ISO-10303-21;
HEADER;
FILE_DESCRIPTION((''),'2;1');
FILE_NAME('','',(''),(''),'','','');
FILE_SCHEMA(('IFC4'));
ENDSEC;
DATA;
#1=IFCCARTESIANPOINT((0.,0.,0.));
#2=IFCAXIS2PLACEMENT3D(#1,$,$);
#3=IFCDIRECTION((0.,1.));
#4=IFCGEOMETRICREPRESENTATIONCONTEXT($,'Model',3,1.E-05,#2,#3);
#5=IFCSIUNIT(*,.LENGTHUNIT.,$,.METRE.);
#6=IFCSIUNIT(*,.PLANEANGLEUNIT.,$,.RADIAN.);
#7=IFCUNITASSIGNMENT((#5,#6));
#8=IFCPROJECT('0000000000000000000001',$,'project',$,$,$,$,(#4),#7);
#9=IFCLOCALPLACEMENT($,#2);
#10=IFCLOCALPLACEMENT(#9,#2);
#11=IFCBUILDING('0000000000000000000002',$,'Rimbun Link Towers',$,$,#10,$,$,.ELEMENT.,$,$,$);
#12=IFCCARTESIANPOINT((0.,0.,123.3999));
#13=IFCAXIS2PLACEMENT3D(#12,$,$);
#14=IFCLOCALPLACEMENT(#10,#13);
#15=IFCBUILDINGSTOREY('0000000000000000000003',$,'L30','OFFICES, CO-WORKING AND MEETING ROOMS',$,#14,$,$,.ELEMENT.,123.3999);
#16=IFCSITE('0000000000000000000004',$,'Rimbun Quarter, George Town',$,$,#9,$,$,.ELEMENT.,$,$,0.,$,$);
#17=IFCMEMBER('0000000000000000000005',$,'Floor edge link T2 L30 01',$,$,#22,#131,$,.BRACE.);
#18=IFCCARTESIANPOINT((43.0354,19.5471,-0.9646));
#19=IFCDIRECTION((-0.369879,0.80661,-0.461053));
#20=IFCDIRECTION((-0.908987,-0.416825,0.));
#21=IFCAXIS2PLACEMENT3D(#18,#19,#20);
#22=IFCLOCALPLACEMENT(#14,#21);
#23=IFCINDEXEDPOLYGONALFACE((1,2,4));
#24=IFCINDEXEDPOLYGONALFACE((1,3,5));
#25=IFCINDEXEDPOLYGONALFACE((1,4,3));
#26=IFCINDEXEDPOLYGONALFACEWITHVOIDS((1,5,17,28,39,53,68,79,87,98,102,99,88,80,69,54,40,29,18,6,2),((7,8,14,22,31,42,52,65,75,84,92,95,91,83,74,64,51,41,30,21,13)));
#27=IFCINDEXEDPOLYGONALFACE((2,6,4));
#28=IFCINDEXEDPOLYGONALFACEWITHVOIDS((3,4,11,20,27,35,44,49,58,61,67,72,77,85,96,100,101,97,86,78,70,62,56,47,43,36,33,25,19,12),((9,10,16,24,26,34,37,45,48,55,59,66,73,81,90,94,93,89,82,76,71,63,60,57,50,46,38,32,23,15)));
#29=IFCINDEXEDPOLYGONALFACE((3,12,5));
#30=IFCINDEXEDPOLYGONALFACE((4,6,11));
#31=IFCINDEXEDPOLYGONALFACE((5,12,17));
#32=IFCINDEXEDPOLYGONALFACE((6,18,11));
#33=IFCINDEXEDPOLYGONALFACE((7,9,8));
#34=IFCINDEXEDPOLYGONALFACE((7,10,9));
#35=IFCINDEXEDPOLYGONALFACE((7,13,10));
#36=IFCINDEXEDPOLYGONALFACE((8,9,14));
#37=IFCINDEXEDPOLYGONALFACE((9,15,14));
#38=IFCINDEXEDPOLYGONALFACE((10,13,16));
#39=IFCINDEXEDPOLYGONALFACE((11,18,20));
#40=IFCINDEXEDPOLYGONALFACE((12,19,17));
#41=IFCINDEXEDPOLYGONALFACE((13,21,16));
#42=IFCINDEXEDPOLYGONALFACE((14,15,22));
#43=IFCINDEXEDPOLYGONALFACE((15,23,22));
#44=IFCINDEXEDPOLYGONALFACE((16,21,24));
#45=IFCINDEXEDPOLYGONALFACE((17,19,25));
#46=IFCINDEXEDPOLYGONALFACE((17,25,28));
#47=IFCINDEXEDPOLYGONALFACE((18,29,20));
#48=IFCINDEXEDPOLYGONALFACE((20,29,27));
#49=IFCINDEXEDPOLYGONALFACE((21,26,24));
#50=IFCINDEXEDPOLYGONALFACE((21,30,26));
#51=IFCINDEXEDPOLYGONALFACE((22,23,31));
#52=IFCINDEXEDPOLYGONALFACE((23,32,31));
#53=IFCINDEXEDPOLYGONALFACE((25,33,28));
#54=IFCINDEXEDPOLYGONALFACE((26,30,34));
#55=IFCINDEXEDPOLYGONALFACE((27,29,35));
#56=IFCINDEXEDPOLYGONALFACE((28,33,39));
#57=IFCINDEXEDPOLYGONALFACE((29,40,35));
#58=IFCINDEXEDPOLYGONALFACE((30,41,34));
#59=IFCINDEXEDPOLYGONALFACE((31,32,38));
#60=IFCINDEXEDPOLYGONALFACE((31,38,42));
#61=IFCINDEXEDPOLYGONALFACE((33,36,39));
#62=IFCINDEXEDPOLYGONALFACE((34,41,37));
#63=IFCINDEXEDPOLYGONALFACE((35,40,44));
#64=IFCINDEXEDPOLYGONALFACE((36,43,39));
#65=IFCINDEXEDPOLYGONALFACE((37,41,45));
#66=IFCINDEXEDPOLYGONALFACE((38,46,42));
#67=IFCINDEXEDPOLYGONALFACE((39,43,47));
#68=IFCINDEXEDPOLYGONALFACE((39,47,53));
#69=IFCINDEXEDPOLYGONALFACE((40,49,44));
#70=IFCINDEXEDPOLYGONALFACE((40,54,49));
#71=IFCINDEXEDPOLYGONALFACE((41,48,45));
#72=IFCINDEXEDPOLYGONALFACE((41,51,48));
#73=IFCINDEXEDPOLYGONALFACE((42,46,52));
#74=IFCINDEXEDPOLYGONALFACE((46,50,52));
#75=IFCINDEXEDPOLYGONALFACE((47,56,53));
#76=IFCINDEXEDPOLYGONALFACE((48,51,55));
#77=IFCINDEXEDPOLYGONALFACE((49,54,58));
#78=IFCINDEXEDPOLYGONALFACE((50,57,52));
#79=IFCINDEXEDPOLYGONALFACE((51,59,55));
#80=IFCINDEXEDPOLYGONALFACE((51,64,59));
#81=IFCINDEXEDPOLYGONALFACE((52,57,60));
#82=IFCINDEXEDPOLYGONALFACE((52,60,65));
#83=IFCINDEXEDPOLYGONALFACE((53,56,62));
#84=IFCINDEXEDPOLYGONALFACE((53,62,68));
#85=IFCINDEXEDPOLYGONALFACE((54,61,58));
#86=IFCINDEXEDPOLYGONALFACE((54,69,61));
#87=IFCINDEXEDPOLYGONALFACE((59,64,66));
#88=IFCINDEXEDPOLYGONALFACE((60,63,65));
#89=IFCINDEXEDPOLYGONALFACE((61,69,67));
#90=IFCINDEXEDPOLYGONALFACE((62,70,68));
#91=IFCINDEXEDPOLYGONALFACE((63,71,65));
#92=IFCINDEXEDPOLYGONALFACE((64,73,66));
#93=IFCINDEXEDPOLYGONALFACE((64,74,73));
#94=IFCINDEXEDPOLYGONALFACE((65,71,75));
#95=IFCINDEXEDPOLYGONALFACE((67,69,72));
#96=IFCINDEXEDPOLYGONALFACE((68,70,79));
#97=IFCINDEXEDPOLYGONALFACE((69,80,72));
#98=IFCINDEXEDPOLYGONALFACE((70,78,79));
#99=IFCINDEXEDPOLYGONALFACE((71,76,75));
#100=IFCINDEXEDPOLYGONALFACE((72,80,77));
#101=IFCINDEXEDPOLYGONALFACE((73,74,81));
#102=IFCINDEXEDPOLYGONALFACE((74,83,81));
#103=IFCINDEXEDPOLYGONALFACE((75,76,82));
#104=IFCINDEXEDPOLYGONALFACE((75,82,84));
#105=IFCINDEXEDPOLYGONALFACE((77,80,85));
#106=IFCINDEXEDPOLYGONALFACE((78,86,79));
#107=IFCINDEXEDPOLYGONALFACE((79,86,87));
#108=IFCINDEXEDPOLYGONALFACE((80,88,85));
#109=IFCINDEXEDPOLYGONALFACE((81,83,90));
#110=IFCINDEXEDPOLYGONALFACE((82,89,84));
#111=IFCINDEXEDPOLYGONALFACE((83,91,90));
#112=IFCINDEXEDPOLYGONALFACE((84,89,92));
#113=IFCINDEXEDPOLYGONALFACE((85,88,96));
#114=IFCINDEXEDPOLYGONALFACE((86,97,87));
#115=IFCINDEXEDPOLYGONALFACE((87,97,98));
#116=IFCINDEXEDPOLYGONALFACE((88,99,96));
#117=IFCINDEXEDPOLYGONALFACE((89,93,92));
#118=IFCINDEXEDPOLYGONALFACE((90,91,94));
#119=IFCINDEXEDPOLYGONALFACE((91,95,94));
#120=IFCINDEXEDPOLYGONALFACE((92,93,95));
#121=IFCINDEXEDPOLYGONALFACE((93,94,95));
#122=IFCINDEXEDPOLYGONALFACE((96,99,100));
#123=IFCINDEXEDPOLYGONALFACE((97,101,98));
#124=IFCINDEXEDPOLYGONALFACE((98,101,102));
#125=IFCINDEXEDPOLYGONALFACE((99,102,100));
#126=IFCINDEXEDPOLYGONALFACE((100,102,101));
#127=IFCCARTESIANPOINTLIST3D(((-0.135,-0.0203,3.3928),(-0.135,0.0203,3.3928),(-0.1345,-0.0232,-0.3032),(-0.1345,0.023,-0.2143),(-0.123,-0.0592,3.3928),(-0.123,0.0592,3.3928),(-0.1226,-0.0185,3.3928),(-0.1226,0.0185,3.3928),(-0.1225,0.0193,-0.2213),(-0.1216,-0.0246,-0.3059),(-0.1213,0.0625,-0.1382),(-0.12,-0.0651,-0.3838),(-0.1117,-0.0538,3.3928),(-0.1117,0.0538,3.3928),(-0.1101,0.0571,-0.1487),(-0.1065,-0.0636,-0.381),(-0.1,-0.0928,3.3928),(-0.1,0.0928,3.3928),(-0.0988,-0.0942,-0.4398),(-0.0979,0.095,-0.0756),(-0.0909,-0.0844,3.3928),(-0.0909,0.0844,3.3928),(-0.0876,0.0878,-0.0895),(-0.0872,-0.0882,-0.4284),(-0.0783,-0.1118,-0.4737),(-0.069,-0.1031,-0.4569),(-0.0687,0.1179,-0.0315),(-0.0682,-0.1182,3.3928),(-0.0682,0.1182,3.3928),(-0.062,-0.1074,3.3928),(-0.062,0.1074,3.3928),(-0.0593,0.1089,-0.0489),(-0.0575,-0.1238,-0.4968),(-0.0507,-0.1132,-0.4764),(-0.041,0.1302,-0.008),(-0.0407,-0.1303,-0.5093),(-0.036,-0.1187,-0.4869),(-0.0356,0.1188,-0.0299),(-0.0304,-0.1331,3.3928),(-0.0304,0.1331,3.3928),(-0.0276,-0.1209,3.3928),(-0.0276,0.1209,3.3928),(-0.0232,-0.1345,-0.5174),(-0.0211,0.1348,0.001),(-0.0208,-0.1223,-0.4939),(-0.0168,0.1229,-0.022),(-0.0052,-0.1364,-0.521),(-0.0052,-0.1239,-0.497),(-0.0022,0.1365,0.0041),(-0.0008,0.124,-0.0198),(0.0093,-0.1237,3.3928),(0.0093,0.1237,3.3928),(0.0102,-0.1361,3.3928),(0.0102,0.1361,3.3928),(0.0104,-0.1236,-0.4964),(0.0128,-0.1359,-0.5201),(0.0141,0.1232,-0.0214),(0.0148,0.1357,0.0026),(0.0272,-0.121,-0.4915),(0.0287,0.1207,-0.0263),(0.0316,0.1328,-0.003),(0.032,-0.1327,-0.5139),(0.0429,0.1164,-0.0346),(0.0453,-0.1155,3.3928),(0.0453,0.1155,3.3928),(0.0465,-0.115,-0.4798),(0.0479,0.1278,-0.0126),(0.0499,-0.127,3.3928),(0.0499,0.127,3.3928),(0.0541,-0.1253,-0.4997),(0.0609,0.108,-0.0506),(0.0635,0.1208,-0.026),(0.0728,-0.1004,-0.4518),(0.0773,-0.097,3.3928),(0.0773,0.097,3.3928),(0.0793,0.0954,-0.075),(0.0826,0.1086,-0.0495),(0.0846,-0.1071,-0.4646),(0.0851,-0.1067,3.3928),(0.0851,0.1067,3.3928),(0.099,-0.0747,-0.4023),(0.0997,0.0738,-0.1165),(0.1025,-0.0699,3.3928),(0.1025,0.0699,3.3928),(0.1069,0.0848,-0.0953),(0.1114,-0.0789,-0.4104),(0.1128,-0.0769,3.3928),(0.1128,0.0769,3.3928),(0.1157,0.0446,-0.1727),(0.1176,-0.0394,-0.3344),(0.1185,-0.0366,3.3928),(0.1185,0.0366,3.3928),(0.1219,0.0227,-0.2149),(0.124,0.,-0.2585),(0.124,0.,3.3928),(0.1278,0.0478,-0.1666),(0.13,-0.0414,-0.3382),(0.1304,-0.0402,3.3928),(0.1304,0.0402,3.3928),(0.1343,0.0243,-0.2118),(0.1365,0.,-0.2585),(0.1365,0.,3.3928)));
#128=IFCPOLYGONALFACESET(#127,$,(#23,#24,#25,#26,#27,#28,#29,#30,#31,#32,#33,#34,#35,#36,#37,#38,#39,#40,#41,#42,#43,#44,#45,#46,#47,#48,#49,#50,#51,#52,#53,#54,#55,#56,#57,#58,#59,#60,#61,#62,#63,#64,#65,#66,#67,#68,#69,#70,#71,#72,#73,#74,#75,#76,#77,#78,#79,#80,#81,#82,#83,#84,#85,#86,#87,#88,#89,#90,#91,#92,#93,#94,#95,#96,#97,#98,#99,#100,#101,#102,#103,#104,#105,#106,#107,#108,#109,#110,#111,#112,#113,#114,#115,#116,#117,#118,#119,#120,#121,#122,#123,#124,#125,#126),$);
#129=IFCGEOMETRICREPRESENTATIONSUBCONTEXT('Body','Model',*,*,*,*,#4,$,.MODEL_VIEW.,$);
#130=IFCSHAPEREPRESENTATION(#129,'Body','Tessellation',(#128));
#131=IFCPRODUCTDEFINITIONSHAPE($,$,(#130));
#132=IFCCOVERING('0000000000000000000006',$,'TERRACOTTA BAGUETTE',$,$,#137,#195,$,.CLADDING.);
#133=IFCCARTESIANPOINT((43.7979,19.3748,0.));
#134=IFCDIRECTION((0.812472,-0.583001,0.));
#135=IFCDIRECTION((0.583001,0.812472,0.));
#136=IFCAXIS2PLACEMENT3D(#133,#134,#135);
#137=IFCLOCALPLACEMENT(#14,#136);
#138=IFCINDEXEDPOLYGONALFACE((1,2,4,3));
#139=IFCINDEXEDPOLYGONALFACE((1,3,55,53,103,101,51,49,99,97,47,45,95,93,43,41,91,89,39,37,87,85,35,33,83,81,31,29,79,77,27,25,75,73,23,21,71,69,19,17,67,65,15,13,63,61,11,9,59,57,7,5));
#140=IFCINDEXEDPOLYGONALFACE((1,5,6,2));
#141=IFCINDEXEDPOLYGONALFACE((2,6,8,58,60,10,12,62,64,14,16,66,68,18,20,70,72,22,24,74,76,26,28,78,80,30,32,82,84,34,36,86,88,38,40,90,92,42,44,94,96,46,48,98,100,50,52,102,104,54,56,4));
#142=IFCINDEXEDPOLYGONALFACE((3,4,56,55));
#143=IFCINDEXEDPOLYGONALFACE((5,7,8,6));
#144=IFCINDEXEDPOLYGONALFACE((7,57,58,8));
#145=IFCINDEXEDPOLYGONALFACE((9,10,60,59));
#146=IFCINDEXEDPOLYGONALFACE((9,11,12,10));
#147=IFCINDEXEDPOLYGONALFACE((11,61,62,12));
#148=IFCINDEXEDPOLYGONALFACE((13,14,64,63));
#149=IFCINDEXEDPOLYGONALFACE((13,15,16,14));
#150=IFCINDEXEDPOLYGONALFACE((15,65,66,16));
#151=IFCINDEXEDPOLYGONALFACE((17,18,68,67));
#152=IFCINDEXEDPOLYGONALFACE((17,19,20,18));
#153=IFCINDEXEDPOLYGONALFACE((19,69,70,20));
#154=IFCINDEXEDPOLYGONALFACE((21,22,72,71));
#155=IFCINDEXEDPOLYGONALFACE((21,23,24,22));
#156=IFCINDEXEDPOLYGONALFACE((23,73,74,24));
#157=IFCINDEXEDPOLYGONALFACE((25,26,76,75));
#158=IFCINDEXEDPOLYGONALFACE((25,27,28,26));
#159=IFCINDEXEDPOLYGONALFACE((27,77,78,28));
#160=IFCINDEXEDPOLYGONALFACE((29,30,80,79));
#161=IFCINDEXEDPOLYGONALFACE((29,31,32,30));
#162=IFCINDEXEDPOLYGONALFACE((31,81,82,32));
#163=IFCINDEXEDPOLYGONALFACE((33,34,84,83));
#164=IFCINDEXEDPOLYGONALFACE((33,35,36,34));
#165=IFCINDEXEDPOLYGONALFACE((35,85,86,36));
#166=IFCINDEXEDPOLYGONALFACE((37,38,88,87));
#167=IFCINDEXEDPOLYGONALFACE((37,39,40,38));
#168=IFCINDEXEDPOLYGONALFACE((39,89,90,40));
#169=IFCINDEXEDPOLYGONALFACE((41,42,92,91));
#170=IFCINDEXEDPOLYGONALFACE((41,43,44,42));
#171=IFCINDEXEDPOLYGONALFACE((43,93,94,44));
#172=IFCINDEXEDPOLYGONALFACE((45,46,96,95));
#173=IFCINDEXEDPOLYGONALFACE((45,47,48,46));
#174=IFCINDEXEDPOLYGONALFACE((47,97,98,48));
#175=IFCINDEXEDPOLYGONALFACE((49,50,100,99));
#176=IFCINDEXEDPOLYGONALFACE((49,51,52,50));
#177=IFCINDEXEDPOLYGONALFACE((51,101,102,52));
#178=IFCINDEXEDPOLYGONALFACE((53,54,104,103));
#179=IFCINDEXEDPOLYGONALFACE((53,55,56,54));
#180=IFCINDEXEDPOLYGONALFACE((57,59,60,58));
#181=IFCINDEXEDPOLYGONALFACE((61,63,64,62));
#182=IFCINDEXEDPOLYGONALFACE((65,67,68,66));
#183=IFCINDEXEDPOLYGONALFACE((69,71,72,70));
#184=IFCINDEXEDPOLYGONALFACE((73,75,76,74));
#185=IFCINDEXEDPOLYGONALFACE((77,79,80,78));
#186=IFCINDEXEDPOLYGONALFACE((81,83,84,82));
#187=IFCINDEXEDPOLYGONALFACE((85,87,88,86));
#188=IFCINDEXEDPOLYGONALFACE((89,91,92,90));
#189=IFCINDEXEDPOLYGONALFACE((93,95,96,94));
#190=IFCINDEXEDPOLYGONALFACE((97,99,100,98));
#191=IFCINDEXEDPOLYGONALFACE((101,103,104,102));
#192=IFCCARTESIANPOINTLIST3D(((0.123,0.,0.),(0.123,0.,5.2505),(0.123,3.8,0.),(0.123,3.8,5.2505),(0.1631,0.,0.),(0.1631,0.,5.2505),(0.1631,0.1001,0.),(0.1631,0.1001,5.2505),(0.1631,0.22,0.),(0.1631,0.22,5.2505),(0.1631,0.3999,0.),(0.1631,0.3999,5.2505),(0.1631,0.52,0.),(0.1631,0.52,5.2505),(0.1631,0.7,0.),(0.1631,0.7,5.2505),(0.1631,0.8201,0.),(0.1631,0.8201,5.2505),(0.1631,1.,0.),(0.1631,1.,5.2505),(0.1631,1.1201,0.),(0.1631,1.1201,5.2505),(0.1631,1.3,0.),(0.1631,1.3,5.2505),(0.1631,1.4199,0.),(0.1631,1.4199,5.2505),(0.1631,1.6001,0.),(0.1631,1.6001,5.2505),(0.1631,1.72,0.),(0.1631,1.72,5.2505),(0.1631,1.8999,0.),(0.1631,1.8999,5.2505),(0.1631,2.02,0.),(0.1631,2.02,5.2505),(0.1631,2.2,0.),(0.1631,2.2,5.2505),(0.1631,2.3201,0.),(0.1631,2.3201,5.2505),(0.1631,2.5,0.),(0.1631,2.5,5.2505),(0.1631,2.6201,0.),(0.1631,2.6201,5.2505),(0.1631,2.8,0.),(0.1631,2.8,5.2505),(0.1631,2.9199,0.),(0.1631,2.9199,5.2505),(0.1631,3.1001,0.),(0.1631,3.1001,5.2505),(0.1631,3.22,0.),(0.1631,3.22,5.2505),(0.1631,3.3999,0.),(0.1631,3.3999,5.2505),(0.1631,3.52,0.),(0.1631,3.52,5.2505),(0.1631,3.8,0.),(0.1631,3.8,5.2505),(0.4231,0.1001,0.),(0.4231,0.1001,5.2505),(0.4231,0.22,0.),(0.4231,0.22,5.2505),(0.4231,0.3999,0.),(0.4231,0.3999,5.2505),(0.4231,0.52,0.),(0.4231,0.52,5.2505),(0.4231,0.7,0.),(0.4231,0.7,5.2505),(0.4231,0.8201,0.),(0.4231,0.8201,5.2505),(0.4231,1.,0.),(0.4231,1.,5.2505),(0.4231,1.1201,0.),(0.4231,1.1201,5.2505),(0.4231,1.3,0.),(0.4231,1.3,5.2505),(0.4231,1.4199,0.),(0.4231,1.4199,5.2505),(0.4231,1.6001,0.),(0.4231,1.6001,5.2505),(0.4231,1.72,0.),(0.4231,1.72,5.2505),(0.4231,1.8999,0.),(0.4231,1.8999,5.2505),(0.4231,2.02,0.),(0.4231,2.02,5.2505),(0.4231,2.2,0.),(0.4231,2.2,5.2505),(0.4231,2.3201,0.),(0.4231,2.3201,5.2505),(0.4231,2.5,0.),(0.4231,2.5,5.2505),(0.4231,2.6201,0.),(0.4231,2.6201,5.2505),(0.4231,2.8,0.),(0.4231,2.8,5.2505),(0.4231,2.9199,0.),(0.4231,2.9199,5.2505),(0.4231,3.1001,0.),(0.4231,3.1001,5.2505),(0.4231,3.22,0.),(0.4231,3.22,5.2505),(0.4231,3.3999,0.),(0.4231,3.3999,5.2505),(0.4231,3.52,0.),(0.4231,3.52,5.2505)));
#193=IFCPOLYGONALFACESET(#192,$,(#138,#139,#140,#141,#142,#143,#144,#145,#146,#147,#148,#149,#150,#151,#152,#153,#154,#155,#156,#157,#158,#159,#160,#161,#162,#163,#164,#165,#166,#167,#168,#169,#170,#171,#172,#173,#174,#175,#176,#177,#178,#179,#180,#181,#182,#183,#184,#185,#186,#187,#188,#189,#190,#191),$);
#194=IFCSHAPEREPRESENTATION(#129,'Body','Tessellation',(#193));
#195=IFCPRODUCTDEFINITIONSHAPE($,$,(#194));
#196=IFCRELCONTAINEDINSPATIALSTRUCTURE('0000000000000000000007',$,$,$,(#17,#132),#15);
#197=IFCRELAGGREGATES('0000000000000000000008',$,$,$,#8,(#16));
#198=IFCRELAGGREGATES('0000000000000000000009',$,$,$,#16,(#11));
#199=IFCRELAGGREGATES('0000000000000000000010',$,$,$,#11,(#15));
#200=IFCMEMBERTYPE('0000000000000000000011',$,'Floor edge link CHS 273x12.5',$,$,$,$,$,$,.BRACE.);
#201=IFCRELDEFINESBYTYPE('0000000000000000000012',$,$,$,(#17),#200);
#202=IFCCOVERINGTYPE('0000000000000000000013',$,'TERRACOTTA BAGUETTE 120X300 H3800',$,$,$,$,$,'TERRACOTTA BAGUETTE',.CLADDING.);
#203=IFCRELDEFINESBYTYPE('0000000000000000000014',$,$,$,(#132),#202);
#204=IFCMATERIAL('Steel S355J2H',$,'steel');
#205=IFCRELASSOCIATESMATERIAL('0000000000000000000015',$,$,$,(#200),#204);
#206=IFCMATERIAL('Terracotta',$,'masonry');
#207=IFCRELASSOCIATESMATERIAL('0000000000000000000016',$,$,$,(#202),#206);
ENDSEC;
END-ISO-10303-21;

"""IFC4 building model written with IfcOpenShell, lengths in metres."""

from ifc_helpers import new_model, si_unit, direction, frame, origin, origin_2d, place, context, subcontext, project, spatial, polyline, hollow_circle, outline, extrude, clip, halfspace, material, material_profile, profile_set, type_object, element, save


model = new_model("IFC4")

# Units and contexts
model_context = context("Model", 3, precision=1e-05, world=origin(), true_north=direction((0.0, 1.0)))
body_context = subcontext(model_context, "Body", "Model", "MODEL_VIEW")
ifc_project = project(units=[si_unit("LENGTHUNIT", "METRE"), si_unit("PLANEANGLEUNIT", "RADIAN")], contexts=[model_context])

# Site, building, storey
site_placement = place(None, origin())
site = spatial("IfcSite", under=ifc_project, at=site_placement, Name="Rimbun Quarter, George Town", CompositionType="ELEMENT", RefElevation=0.0)
building_placement = place(site_placement, origin())
building = spatial("IfcBuilding", under=site, at=building_placement, Name="Rimbun Link Towers", CompositionType="ELEMENT")
storey_placement = place(building_placement, frame((0.0, 0.0, 123.3999)))
storey = spatial("IfcBuildingStorey", under=building, at=storey_placement, Name="L30", Description="OFFICES, CO-WORKING AND MEETING ROOMS", CompositionType="ELEMENT", Elevation=123.3999)

# Member
ifc_material_1 = material(Name="Steel S355J2H", Category="steel")
ifc_material_profile_1 = material_profile(ifc_material_1, hollow_circle(Radius=0.1365, WallThickness=0.0125, at=origin_2d()), Name="CHS 273x12.5")
ifc_profile_set_1 = profile_set([ifc_material_profile_1], Name="Steel S355J2H")
member_type_1 = type_object("IfcMemberType", Name="Floor edge link CHS 273x12.5", PredefinedType="BRACE", material=ifc_profile_set_1)
member_1_placement = place(storey_placement, frame((43.0354, 19.5471, -0.9646), z_axis=(-0.369879, 0.80661, -0.461053), x_axis=(-0.908987, -0.416825, 0.0)))
element("IfcMember", 1, at=member_1_placement, inside=storey, type_object=member_type_1, Name="Floor edge link T2 L30 01", PredefinedType="BRACE", context=body_context, shape_type="Clipping", body=[
    clip(extrude(hollow_circle(Radius=0.1365, WallThickness=0.0125, at=origin_2d()), frame((0.0, 0.0, -0.5471)), (0.0, 0.0, 1.0), 3.9399), halfspace(frame((0.0, 0.0, -0.2585), z_axis=(0.0, 0.887372, -0.461053)), False)),
])

# Covering
ifc_material_2 = material(Name="Terracotta", Category="masonry")
ifc_material_profile_2 = material_profile(ifc_material_2, outline(polyline([(0.123, 0.0), (0.1631, 0.0), (0.1631, 0.1001), (0.4231, 0.1001), (0.4231, 0.22), (0.1631, 0.22), (0.1631, 0.3999), (0.4231, 0.3999), (0.4231, 0.52), (0.1631, 0.52), (0.1631, 0.7), (0.4231, 0.7), (0.4231, 0.8201), (0.1631, 0.8201), (0.1631, 1.0), (0.4231, 1.0), (0.4231, 1.1201), (0.1631, 1.1201), (0.1631, 1.3), (0.4231, 1.3), (0.4231, 1.4199), (0.1631, 1.4199), (0.1631, 1.6001), (0.4231, 1.6001), (0.4231, 1.72), (0.1631, 1.72), (0.1631, 1.8999), (0.4231, 1.8999), (0.4231, 2.02), (0.1631, 2.02), (0.1631, 2.2), (0.4231, 2.2), (0.4231, 2.3201), (0.1631, 2.3201), (0.1631, 2.5), (0.4231, 2.5), (0.4231, 2.6201), (0.1631, 2.6201), (0.1631, 2.8), (0.4231, 2.8), (0.4231, 2.9199), (0.1631, 2.9199), (0.1631, 3.1001), (0.4231, 3.1001), (0.4231, 3.22), (0.1631, 3.22), (0.1631, 3.3999), (0.4231, 3.3999), (0.4231, 3.52), (0.1631, 3.52), (0.1631, 3.8), (0.123, 3.8), (0.123, 0.0)])), Name="BAGUETTE 120X300")
ifc_profile_set_2 = profile_set([ifc_material_profile_2], Name="Terracotta")
covering_type = type_object("IfcCoveringType", Name="TERRACOTTA BAGUETTE 120X300 H3800", ElementType="TERRACOTTA BAGUETTE", PredefinedType="CLADDING", material=ifc_profile_set_2)
covering_1_placement = place(storey_placement, frame((43.7979, 19.3748, 0.0), z_axis=(0.812472, -0.583001, 0.0), x_axis=(0.583001, 0.812472, 0.0)))
element("IfcCovering", 2, at=covering_1_placement, inside=storey, type_object=covering_type, Name="TERRACOTTA BAGUETTE", PredefinedType="CLADDING", context=body_context, shape_type="SweptSolid", body=[
    extrude(outline(polyline([(0.123, 0.0), (0.1631, 0.0), (0.1631, 0.1001), (0.4231, 0.1001), (0.4231, 0.22), (0.1631, 0.22), (0.1631, 0.3999), (0.4231, 0.3999), (0.4231, 0.52), (0.1631, 0.52), (0.1631, 0.7), (0.4231, 0.7), (0.4231, 0.8201), (0.1631, 0.8201), (0.1631, 1.0), (0.4231, 1.0), (0.4231, 1.1201), (0.1631, 1.1201), (0.1631, 1.3), (0.4231, 1.3), (0.4231, 1.4199), (0.1631, 1.4199), (0.1631, 1.6001), (0.4231, 1.6001), (0.4231, 1.72), (0.1631, 1.72), (0.1631, 1.8999), (0.4231, 1.8999), (0.4231, 2.02), (0.1631, 2.02), (0.1631, 2.2), (0.4231, 2.2), (0.4231, 2.3201), (0.1631, 2.3201), (0.1631, 2.5), (0.4231, 2.5), (0.4231, 2.6201), (0.1631, 2.6201), (0.1631, 2.8), (0.4231, 2.8), (0.4231, 2.9199), (0.1631, 2.9199), (0.1631, 3.1001), (0.4231, 3.1001), (0.4231, 3.22), (0.1631, 3.22), (0.1631, 3.3999), (0.4231, 3.3999), (0.4231, 3.52), (0.1631, 3.52), (0.1631, 3.8), (0.123, 3.8), (0.123, 0.0)])), origin(), (0.0, 0.0, 1.0), 5.2505),
])

save(model, "model.ifc")
